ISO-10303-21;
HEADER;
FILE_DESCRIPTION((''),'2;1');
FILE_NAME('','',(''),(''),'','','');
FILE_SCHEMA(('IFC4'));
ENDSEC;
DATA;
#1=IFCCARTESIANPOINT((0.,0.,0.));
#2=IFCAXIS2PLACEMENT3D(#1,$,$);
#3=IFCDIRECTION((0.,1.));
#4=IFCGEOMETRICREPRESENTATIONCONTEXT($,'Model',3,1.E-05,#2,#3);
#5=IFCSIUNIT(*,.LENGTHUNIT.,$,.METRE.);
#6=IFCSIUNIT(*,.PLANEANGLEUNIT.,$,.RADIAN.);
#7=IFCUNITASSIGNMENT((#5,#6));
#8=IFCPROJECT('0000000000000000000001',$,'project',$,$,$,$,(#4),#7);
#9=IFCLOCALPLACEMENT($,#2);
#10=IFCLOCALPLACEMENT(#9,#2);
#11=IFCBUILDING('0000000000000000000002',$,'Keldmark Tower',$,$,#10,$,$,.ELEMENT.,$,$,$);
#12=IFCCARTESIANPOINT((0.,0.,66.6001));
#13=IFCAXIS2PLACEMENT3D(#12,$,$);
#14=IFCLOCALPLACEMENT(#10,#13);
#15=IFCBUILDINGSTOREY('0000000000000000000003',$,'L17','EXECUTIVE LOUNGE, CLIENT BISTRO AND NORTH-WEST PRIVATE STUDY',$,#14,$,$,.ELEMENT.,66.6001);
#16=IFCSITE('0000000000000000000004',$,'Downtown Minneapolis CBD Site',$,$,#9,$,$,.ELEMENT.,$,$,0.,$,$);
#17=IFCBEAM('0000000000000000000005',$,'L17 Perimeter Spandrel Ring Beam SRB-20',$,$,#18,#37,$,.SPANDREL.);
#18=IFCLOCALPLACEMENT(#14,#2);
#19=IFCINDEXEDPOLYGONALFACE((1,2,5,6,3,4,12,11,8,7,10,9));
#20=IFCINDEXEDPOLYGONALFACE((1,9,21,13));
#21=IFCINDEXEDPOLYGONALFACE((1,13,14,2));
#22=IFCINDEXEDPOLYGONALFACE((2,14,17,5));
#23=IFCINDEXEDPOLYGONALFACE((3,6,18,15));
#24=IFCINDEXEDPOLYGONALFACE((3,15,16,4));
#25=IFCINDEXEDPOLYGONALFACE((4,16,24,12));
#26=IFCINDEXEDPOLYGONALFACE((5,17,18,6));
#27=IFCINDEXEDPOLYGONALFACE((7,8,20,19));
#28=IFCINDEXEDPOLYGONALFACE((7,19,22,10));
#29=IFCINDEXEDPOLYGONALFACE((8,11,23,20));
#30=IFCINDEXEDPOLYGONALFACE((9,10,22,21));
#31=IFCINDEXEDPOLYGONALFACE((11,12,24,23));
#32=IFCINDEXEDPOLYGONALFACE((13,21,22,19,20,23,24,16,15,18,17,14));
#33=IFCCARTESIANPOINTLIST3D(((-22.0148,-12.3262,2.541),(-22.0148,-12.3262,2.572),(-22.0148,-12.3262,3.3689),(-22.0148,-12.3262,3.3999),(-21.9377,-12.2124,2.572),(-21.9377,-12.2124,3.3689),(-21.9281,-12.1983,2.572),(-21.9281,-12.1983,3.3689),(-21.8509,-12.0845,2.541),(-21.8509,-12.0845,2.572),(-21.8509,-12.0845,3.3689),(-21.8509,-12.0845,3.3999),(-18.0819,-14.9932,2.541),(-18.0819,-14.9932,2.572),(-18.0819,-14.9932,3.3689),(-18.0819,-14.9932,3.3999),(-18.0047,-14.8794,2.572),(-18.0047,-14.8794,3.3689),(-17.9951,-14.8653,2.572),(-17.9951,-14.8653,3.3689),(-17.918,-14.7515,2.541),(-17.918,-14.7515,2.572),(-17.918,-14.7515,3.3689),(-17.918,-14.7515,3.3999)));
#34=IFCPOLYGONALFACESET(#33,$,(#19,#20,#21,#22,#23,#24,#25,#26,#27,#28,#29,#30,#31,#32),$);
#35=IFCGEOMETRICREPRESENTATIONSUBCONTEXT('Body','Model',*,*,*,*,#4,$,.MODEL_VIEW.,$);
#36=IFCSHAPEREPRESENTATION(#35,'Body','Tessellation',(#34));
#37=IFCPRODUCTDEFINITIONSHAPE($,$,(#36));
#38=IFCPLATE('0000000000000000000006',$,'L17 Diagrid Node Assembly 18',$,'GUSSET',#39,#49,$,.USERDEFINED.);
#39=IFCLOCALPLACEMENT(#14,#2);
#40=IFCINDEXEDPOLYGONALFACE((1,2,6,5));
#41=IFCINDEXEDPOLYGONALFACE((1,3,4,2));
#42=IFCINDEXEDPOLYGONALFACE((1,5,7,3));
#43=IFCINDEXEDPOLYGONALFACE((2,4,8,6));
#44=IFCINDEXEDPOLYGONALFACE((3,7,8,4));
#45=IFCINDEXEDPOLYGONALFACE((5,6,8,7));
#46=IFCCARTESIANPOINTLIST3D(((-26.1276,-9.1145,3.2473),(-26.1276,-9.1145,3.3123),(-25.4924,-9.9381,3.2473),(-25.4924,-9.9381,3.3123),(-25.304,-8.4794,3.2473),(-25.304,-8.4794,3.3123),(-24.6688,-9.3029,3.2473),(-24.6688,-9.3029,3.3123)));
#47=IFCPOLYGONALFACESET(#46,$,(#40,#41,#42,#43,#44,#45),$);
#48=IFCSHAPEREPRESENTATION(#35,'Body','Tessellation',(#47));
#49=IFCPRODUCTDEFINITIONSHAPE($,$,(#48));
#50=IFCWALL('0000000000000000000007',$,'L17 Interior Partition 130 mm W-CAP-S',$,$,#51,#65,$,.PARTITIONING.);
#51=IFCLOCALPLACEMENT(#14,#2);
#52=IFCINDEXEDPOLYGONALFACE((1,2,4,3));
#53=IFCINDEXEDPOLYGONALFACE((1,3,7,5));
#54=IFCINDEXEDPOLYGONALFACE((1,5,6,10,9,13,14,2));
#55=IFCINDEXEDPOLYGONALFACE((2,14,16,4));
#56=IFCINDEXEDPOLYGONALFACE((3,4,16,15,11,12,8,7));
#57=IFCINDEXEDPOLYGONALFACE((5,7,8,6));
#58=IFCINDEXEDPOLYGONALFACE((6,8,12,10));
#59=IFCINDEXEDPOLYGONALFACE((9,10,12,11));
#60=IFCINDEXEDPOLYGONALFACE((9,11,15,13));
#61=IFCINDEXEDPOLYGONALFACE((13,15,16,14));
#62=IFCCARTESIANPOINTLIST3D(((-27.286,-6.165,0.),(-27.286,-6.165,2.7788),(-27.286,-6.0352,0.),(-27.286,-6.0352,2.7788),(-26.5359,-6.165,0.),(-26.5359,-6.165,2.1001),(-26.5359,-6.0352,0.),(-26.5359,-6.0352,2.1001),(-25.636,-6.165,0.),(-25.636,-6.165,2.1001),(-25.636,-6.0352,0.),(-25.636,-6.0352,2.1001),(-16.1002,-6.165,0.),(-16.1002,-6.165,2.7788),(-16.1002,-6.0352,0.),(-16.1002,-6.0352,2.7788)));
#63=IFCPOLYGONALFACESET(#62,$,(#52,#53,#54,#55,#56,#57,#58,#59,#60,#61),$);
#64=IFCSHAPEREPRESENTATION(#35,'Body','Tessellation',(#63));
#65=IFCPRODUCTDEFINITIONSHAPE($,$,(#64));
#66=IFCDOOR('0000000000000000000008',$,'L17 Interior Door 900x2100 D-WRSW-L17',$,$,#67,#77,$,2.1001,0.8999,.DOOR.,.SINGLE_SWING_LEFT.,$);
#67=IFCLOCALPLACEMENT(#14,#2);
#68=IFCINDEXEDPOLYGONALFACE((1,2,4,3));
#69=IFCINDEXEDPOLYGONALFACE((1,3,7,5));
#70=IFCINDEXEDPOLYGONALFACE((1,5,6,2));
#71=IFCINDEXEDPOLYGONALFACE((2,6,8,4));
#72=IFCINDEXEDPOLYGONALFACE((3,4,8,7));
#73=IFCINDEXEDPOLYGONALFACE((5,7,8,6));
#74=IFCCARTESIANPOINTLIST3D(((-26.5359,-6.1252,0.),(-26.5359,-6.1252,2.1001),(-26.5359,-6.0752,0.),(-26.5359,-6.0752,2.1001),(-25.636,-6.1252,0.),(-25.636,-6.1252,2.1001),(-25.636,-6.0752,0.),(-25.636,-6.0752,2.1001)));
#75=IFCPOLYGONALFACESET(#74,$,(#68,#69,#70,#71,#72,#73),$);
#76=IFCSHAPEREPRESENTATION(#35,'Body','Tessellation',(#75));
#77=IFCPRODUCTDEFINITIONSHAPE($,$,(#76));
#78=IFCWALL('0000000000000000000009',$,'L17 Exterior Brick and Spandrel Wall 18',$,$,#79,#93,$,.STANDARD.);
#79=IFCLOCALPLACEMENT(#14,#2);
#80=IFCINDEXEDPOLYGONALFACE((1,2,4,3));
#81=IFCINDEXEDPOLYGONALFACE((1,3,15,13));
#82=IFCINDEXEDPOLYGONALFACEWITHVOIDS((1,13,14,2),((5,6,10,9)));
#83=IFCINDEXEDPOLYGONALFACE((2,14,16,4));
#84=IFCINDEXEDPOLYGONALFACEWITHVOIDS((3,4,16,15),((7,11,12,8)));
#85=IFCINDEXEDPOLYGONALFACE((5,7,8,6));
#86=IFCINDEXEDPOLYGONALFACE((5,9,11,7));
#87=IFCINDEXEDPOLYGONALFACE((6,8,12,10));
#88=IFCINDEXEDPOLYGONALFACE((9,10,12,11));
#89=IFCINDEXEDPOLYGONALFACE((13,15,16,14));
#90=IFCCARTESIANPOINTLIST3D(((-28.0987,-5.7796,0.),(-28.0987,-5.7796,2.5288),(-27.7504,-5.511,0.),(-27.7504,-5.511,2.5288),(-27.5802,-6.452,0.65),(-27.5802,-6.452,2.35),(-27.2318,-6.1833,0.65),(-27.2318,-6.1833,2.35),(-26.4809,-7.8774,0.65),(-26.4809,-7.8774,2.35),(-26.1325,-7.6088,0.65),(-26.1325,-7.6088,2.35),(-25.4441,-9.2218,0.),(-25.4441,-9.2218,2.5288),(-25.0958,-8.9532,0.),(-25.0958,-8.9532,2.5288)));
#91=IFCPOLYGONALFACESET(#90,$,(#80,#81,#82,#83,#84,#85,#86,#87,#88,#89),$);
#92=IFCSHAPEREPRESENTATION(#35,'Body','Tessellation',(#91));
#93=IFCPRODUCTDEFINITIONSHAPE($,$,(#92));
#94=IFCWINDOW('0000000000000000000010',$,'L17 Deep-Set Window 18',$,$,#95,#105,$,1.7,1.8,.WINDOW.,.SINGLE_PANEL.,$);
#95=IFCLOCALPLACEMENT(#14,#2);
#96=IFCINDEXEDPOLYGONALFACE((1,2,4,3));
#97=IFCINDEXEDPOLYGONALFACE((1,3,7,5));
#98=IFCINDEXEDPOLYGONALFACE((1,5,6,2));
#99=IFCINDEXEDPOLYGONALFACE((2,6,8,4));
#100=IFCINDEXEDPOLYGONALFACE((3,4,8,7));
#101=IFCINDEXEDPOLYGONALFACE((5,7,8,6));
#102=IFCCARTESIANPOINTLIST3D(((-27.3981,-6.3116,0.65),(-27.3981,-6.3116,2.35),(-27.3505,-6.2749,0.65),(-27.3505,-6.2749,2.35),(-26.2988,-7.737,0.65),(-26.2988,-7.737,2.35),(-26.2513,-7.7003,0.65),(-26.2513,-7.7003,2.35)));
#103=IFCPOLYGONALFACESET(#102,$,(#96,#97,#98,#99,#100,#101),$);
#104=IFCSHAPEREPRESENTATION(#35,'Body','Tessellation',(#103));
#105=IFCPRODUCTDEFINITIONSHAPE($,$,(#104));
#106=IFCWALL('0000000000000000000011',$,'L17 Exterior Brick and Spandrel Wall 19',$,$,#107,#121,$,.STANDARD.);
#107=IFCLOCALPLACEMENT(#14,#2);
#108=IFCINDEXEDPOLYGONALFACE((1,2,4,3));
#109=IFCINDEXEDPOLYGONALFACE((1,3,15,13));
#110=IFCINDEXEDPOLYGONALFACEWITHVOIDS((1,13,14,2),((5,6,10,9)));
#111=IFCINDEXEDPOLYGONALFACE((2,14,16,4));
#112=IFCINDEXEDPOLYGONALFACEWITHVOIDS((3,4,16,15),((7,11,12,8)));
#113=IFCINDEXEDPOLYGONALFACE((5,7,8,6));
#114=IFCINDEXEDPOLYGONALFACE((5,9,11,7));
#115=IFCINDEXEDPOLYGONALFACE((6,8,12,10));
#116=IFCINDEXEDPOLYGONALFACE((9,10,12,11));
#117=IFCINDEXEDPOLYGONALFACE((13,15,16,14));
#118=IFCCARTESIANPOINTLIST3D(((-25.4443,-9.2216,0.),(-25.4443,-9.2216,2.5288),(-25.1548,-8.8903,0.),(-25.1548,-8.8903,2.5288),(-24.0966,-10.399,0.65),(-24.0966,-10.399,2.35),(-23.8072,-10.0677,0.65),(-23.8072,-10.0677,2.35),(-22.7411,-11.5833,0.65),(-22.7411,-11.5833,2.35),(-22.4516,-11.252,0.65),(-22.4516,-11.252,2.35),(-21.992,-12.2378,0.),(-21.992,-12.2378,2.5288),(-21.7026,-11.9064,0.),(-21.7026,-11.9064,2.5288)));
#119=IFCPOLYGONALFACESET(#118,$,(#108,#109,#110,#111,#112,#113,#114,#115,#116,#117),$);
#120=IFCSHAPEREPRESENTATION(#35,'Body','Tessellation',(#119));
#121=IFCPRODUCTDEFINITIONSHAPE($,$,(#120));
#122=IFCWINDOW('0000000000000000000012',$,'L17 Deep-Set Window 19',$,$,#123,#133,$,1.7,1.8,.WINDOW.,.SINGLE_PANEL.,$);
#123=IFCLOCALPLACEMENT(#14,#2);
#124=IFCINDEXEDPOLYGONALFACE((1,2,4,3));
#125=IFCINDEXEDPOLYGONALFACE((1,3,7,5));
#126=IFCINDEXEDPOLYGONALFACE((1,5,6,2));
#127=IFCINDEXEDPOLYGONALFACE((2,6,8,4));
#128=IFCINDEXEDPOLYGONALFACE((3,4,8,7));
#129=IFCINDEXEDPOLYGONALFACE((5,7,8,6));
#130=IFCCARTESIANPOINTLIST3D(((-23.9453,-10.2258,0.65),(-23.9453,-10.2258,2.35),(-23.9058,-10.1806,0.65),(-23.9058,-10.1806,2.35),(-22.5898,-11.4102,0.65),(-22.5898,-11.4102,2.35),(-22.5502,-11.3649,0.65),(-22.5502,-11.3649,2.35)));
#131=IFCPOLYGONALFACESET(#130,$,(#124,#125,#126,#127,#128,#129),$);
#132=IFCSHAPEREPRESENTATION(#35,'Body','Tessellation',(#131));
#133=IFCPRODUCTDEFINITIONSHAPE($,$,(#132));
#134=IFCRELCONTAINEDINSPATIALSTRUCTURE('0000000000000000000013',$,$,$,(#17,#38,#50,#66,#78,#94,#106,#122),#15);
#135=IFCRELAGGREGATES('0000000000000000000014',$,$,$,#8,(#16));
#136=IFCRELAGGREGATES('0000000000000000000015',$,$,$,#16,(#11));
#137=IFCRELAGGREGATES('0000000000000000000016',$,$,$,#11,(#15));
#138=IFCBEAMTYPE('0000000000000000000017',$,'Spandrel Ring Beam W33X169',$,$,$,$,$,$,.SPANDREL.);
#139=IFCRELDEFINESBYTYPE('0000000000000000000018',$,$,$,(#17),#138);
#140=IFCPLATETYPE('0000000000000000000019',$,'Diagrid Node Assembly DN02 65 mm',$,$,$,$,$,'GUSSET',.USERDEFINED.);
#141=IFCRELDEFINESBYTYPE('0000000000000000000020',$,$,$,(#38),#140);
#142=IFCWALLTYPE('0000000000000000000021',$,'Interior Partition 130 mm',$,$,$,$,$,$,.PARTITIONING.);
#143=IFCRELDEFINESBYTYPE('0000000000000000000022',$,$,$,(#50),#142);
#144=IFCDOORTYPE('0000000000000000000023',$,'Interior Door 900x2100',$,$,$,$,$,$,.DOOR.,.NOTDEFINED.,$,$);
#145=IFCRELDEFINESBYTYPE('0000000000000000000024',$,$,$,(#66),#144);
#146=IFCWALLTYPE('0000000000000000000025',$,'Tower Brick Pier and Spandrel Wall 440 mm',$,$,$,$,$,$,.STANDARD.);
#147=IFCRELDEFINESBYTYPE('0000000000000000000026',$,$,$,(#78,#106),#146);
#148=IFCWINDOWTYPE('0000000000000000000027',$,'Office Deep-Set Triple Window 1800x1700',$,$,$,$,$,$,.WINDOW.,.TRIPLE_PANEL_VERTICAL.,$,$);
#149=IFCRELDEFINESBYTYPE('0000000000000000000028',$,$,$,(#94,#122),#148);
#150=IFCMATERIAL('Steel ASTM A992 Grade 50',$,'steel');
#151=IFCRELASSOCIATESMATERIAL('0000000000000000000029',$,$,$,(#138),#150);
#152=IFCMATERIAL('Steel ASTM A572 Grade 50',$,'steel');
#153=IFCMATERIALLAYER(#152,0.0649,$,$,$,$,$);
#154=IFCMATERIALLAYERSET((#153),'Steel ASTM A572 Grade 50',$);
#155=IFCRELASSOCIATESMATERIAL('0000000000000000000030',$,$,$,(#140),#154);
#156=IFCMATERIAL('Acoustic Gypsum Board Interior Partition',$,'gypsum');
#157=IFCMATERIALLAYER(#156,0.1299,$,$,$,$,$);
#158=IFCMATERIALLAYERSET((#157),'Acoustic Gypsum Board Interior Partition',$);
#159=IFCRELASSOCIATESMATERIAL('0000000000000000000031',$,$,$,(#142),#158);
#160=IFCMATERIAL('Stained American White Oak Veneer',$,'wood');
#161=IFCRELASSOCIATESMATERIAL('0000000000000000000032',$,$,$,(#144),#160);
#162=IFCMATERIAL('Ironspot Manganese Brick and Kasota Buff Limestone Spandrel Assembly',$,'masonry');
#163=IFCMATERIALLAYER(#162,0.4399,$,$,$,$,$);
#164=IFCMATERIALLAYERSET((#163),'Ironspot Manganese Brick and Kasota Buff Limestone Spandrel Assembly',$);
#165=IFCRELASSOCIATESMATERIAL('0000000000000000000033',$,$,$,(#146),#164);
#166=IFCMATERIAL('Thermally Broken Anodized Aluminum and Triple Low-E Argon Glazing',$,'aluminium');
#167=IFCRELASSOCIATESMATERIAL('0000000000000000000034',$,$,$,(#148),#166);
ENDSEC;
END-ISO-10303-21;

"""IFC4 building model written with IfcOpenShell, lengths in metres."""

from ifc_helpers import new_model, si_unit, direction, frame, frame_2d, origin, origin_2d, place, context, subcontext, project, spatial, rectangle, i_section, extrude, material, layer, layer_set, material_profile, profile_set, type_object, element, fill, save


model = new_model("IFC4")

# Units and contexts
model_context = context("Model", 3, precision=1e-05, world=origin(), true_north=direction((0.0, 1.0)))
body_context = subcontext(model_context, "Body", "Model", "MODEL_VIEW")
ifc_project = project(units=[si_unit("LENGTHUNIT", "METRE"), si_unit("PLANEANGLEUNIT", "RADIAN")], contexts=[model_context])

# Site, building, storey
site_placement = place(None, origin())
site = spatial("IfcSite", under=ifc_project, at=site_placement, Name="Downtown Minneapolis CBD Site", CompositionType="ELEMENT", RefElevation=0.0)
building_placement = place(site_placement, origin())
building = spatial("IfcBuilding", under=site, at=building_placement, Name="Keldmark Tower", CompositionType="ELEMENT")
storey_placement = place(building_placement, frame((0.0, 0.0, 66.6001)))
storey = spatial("IfcBuildingStorey", under=building, at=storey_placement, Name="L17", Description="EXECUTIVE LOUNGE, CLIENT BISTRO AND NORTH-WEST PRIVATE STUDY", CompositionType="ELEMENT", Elevation=66.6001)

# Beam
ifc_material_1 = material(Name="Steel ASTM A992 Grade 50", Category="steel")
ifc_material_profile_1 = material_profile(ifc_material_1, i_section(OverallWidth=0.292, OverallDepth=0.8589, WebThickness=0.0171, FlangeThickness=0.031, at=origin_2d()), Name="W33X169")
ifc_profile_set_1 = profile_set([ifc_material_profile_1], Name="Steel ASTM A992 Grade 50")
beam_type_1 = type_object("IfcBeamType", Name="Spandrel Ring Beam W33X169", PredefinedType="SPANDREL", material=ifc_profile_set_1)
beam_1_placement = place(storey_placement, frame((-21.9329, -12.2053, 2.9705), z_axis=(0.827645, -0.561251, 0.0), x_axis=(0.561251, 0.827645, 0.0)))
element("IfcBeam", 1, at=beam_1_placement, inside=storey, type_object=beam_type_1, Name="L17 Perimeter Spandrel Ring Beam SRB-20", PredefinedType="SPANDREL", context=body_context, shape_type="SweptSolid", body=[
    extrude(i_section(OverallWidth=0.292, OverallDepth=0.8589, WebThickness=0.0171, FlangeThickness=0.031, at=origin_2d()), origin(), (0.0, 0.0, 1.0), 4.752),
])

# Plate
ifc_material_2 = material(Name="Steel ASTM A572 Grade 50", Category="steel")
ifc_layer_1 = layer(ifc_material_2, 0.0649)
ifc_layer_set_1 = layer_set([ifc_layer_1], Name="Steel ASTM A572 Grade 50")
plate_type = type_object("IfcPlateType", Name="Diagrid Node Assembly DN02 65 mm", ElementType="GUSSET", PredefinedType="USERDEFINED", material=ifc_layer_set_1)
plate_placement = place(storey_placement, frame((-25.3982, -9.2087, 3.2473), z_axis=(0.0, 0.0, 1.0), x_axis=(0.610698, -0.791863, 0.0)))
element("IfcPlate", 2, at=plate_placement, inside=storey, type_object=plate_type, Name="L17 Diagrid Node Assembly 18", ObjectType="GUSSET", PredefinedType="USERDEFINED", context=body_context, shape_type="SweptSolid", body=[
    extrude(rectangle(XDim=1.04, YDim=1.04, at=origin_2d()), origin(), (0.0, 0.0, 1.0), 0.0649),
])

# Wall, opening, door
ifc_material_3 = material(Name="Acoustic Gypsum Board Interior Partition", Category="gypsum")
ifc_layer_2 = layer(ifc_material_3, 0.1299)
ifc_layer_set_2 = layer_set([ifc_layer_2], Name="Acoustic Gypsum Board Interior Partition")
wall_type_1 = type_object("IfcWallType", Name="Interior Partition 130 mm", PredefinedType="PARTITIONING", material=ifc_layer_set_2)
wall_1_placement = place(storey_placement, frame((-27.2859, -6.1001, 0.0), z_axis=(0.0, 0.0, 1.0), x_axis=(1.0, 0.0, 0.0)))
wall_1 = element("IfcWall", 3, at=wall_1_placement, inside=storey, type_object=wall_type_1, Name="L17 Interior Partition 130 mm W-CAP-S", PredefinedType="PARTITIONING", context=body_context, shape_type="SweptSolid", body=[
    extrude(rectangle(XDim=11.1858, YDim=0.1299, at=frame_2d((5.5928, 0.0))), origin(), (0.0, 0.0, 1.0), 2.7788),
])
opening_1_placement = place(wall_1_placement, frame((0.75, 0.0, 0.0)))
opening_1 = element("IfcOpeningElement", 4, at=opening_1_placement, cuts=wall_1, PredefinedType="OPENING", context=body_context, shape_type="SweptSolid", body=[
    extrude(rectangle(XDim=0.8999, YDim=2.1001, at=frame_2d((0.45, 1.05))), frame((0.0, 0.075, 0.0), z_axis=(0.0, -1.0, 0.0), x_axis=(1.0, 0.0, 0.0)), (0.0, 0.0, 1.0), 0.1499),
])
ifc_material_4 = material(Name="Stained American White Oak Veneer", Category="wood")
door_type = type_object("IfcDoorType", Name="Interior Door 900x2100", OperationType="NOTDEFINED", PredefinedType="DOOR", material=ifc_material_4)
door_placement = place(opening_1_placement, origin())
door = element("IfcDoor", 5, at=door_placement, inside=storey, type_object=door_type, Name="L17 Interior Door 900x2100 D-WRSW-L17", OperationType="SINGLE_SWING_LEFT", OverallHeight=2.1001, OverallWidth=0.8999, PredefinedType="DOOR", context=body_context, shape_type="SweptSolid", body=[
    extrude(rectangle(XDim=0.8999, YDim=2.1001, at=frame_2d((0.45, 1.05))), frame((0.0, 0.0249, 0.0), z_axis=(0.0, -1.0, 0.0), x_axis=(1.0, 0.0, 0.0)), (0.0, 0.0, 1.0), 0.05),
])
fill(opening_1, door)

# Walls, openings, windows
ifc_material_5 = material(Name="Ironspot Manganese Brick and Kasota Buff Limestone Spandrel Assembly", Category="masonry")
ifc_layer_3 = layer(ifc_material_5, 0.4399)
ifc_layer_set_3 = layer_set([ifc_layer_3], Name="Ironspot Manganese Brick and Kasota Buff Limestone Spandrel Assembly")
wall_type_2 = type_object("IfcWallType", Name="Tower Brick Pier and Spandrel Wall 440 mm", PredefinedType="STANDARD", material=ifc_layer_set_3)
wall_2_placement = place(storey_placement, frame((-25.27, -9.0874, 0.0), z_axis=(0.0, 0.0, 1.0), x_axis=(-0.610685, 0.791874, 0.0)))
wall_2 = element("IfcWall", 6, at=wall_2_placement, inside=storey, type_object=wall_type_2, Name="L17 Exterior Brick and Spandrel Wall 18", PredefinedType="STANDARD", context=body_context, shape_type="SweptSolid", body=[
    extrude(rectangle(XDim=4.3469, YDim=0.4399, at=frame_2d((2.1733, 0.0))), origin(), (0.0, 0.0, 1.0), 2.5288),
])
opening_2_placement = place(wall_2_placement, frame((1.6978, 0.0, 0.6499)))
opening_2 = element("IfcOpeningElement", 7, at=opening_2_placement, cuts=wall_2, PredefinedType="OPENING", context=body_context, shape_type="SweptSolid", body=[
    extrude(rectangle(XDim=1.8, YDim=1.7, at=frame_2d((0.8999, 0.8501))), frame((0.0, 0.23, 0.0), z_axis=(0.0, -1.0, 0.0), x_axis=(1.0, 0.0, 0.0)), (0.0, 0.0, 1.0), 0.46),
])
ifc_material_6 = material(Name="Thermally Broken Anodized Aluminum and Triple Low-E Argon Glazing", Category="aluminium")
window_type = type_object("IfcWindowType", Name="Office Deep-Set Triple Window 1800x1700", PartitioningType="TRIPLE_PANEL_VERTICAL", PredefinedType="WINDOW", material=ifc_material_6)
window_1_placement = place(opening_2_placement, origin())
window_1 = element("IfcWindow", 8, at=window_1_placement, inside=storey, type_object=window_type, Name="L17 Deep-Set Window 18", OverallHeight=1.7, OverallWidth=1.8, PartitioningType="SINGLE_PANEL", PredefinedType="WINDOW", context=body_context, shape_type="SweptSolid", body=[
    extrude(rectangle(XDim=1.8, YDim=1.7, at=frame_2d((0.8999, 0.8501))), frame((0.0, -0.01, 0.0), z_axis=(0.0, -1.0, 0.0), x_axis=(1.0, 0.0, 0.0)), (0.0, 0.0, 1.0), 0.0601),
])
fill(opening_2, window_1)
wall_3_placement = place(storey_placement, frame((-21.8474, -12.072, 0.0), z_axis=(0.0, 0.0, 1.0), x_axis=(-0.753065, 0.657946, 0.0)))
wall_3 = element("IfcWall", 9, at=wall_3_placement, inside=storey, type_object=wall_type_2, Name="L17 Exterior Brick and Spandrel Wall 19", PredefinedType="STANDARD", context=body_context, shape_type="SweptSolid", body=[
    extrude(rectangle(XDim=4.5842, YDim=0.4399, at=frame_2d((2.292, 0.0))), origin(), (0.0, 0.0, 1.0), 2.5288),
])
opening_3_placement = place(wall_3_placement, frame((0.9946, 0.0, 0.6499)))
opening_3 = element("IfcOpeningElement", 10, at=opening_3_placement, cuts=wall_3, PredefinedType="OPENING", context=body_context, shape_type="SweptSolid", body=[
    extrude(rectangle(XDim=1.8, YDim=1.7, at=frame_2d((0.8999, 0.8501))), frame((0.0, 0.23, 0.0), z_axis=(0.0, -1.0, 0.0), x_axis=(1.0, 0.0, 0.0)), (0.0, 0.0, 1.0), 0.46),
])
window_2_placement = place(opening_3_placement, origin())
window_2 = element("IfcWindow", 11, at=window_2_placement, inside=storey, type_object=window_type, Name="L17 Deep-Set Window 19", OverallHeight=1.7, OverallWidth=1.8, PartitioningType="SINGLE_PANEL", PredefinedType="WINDOW", context=body_context, shape_type="SweptSolid", body=[
    extrude(rectangle(XDim=1.8, YDim=1.7, at=frame_2d((0.8999, 0.8501))), frame((0.0, -0.01, 0.0), z_axis=(0.0, -1.0, 0.0), x_axis=(1.0, 0.0, 0.0)), (0.0, 0.0, 1.0), 0.0601),
])
fill(opening_3, window_2)

save(model, "model.ifc")
